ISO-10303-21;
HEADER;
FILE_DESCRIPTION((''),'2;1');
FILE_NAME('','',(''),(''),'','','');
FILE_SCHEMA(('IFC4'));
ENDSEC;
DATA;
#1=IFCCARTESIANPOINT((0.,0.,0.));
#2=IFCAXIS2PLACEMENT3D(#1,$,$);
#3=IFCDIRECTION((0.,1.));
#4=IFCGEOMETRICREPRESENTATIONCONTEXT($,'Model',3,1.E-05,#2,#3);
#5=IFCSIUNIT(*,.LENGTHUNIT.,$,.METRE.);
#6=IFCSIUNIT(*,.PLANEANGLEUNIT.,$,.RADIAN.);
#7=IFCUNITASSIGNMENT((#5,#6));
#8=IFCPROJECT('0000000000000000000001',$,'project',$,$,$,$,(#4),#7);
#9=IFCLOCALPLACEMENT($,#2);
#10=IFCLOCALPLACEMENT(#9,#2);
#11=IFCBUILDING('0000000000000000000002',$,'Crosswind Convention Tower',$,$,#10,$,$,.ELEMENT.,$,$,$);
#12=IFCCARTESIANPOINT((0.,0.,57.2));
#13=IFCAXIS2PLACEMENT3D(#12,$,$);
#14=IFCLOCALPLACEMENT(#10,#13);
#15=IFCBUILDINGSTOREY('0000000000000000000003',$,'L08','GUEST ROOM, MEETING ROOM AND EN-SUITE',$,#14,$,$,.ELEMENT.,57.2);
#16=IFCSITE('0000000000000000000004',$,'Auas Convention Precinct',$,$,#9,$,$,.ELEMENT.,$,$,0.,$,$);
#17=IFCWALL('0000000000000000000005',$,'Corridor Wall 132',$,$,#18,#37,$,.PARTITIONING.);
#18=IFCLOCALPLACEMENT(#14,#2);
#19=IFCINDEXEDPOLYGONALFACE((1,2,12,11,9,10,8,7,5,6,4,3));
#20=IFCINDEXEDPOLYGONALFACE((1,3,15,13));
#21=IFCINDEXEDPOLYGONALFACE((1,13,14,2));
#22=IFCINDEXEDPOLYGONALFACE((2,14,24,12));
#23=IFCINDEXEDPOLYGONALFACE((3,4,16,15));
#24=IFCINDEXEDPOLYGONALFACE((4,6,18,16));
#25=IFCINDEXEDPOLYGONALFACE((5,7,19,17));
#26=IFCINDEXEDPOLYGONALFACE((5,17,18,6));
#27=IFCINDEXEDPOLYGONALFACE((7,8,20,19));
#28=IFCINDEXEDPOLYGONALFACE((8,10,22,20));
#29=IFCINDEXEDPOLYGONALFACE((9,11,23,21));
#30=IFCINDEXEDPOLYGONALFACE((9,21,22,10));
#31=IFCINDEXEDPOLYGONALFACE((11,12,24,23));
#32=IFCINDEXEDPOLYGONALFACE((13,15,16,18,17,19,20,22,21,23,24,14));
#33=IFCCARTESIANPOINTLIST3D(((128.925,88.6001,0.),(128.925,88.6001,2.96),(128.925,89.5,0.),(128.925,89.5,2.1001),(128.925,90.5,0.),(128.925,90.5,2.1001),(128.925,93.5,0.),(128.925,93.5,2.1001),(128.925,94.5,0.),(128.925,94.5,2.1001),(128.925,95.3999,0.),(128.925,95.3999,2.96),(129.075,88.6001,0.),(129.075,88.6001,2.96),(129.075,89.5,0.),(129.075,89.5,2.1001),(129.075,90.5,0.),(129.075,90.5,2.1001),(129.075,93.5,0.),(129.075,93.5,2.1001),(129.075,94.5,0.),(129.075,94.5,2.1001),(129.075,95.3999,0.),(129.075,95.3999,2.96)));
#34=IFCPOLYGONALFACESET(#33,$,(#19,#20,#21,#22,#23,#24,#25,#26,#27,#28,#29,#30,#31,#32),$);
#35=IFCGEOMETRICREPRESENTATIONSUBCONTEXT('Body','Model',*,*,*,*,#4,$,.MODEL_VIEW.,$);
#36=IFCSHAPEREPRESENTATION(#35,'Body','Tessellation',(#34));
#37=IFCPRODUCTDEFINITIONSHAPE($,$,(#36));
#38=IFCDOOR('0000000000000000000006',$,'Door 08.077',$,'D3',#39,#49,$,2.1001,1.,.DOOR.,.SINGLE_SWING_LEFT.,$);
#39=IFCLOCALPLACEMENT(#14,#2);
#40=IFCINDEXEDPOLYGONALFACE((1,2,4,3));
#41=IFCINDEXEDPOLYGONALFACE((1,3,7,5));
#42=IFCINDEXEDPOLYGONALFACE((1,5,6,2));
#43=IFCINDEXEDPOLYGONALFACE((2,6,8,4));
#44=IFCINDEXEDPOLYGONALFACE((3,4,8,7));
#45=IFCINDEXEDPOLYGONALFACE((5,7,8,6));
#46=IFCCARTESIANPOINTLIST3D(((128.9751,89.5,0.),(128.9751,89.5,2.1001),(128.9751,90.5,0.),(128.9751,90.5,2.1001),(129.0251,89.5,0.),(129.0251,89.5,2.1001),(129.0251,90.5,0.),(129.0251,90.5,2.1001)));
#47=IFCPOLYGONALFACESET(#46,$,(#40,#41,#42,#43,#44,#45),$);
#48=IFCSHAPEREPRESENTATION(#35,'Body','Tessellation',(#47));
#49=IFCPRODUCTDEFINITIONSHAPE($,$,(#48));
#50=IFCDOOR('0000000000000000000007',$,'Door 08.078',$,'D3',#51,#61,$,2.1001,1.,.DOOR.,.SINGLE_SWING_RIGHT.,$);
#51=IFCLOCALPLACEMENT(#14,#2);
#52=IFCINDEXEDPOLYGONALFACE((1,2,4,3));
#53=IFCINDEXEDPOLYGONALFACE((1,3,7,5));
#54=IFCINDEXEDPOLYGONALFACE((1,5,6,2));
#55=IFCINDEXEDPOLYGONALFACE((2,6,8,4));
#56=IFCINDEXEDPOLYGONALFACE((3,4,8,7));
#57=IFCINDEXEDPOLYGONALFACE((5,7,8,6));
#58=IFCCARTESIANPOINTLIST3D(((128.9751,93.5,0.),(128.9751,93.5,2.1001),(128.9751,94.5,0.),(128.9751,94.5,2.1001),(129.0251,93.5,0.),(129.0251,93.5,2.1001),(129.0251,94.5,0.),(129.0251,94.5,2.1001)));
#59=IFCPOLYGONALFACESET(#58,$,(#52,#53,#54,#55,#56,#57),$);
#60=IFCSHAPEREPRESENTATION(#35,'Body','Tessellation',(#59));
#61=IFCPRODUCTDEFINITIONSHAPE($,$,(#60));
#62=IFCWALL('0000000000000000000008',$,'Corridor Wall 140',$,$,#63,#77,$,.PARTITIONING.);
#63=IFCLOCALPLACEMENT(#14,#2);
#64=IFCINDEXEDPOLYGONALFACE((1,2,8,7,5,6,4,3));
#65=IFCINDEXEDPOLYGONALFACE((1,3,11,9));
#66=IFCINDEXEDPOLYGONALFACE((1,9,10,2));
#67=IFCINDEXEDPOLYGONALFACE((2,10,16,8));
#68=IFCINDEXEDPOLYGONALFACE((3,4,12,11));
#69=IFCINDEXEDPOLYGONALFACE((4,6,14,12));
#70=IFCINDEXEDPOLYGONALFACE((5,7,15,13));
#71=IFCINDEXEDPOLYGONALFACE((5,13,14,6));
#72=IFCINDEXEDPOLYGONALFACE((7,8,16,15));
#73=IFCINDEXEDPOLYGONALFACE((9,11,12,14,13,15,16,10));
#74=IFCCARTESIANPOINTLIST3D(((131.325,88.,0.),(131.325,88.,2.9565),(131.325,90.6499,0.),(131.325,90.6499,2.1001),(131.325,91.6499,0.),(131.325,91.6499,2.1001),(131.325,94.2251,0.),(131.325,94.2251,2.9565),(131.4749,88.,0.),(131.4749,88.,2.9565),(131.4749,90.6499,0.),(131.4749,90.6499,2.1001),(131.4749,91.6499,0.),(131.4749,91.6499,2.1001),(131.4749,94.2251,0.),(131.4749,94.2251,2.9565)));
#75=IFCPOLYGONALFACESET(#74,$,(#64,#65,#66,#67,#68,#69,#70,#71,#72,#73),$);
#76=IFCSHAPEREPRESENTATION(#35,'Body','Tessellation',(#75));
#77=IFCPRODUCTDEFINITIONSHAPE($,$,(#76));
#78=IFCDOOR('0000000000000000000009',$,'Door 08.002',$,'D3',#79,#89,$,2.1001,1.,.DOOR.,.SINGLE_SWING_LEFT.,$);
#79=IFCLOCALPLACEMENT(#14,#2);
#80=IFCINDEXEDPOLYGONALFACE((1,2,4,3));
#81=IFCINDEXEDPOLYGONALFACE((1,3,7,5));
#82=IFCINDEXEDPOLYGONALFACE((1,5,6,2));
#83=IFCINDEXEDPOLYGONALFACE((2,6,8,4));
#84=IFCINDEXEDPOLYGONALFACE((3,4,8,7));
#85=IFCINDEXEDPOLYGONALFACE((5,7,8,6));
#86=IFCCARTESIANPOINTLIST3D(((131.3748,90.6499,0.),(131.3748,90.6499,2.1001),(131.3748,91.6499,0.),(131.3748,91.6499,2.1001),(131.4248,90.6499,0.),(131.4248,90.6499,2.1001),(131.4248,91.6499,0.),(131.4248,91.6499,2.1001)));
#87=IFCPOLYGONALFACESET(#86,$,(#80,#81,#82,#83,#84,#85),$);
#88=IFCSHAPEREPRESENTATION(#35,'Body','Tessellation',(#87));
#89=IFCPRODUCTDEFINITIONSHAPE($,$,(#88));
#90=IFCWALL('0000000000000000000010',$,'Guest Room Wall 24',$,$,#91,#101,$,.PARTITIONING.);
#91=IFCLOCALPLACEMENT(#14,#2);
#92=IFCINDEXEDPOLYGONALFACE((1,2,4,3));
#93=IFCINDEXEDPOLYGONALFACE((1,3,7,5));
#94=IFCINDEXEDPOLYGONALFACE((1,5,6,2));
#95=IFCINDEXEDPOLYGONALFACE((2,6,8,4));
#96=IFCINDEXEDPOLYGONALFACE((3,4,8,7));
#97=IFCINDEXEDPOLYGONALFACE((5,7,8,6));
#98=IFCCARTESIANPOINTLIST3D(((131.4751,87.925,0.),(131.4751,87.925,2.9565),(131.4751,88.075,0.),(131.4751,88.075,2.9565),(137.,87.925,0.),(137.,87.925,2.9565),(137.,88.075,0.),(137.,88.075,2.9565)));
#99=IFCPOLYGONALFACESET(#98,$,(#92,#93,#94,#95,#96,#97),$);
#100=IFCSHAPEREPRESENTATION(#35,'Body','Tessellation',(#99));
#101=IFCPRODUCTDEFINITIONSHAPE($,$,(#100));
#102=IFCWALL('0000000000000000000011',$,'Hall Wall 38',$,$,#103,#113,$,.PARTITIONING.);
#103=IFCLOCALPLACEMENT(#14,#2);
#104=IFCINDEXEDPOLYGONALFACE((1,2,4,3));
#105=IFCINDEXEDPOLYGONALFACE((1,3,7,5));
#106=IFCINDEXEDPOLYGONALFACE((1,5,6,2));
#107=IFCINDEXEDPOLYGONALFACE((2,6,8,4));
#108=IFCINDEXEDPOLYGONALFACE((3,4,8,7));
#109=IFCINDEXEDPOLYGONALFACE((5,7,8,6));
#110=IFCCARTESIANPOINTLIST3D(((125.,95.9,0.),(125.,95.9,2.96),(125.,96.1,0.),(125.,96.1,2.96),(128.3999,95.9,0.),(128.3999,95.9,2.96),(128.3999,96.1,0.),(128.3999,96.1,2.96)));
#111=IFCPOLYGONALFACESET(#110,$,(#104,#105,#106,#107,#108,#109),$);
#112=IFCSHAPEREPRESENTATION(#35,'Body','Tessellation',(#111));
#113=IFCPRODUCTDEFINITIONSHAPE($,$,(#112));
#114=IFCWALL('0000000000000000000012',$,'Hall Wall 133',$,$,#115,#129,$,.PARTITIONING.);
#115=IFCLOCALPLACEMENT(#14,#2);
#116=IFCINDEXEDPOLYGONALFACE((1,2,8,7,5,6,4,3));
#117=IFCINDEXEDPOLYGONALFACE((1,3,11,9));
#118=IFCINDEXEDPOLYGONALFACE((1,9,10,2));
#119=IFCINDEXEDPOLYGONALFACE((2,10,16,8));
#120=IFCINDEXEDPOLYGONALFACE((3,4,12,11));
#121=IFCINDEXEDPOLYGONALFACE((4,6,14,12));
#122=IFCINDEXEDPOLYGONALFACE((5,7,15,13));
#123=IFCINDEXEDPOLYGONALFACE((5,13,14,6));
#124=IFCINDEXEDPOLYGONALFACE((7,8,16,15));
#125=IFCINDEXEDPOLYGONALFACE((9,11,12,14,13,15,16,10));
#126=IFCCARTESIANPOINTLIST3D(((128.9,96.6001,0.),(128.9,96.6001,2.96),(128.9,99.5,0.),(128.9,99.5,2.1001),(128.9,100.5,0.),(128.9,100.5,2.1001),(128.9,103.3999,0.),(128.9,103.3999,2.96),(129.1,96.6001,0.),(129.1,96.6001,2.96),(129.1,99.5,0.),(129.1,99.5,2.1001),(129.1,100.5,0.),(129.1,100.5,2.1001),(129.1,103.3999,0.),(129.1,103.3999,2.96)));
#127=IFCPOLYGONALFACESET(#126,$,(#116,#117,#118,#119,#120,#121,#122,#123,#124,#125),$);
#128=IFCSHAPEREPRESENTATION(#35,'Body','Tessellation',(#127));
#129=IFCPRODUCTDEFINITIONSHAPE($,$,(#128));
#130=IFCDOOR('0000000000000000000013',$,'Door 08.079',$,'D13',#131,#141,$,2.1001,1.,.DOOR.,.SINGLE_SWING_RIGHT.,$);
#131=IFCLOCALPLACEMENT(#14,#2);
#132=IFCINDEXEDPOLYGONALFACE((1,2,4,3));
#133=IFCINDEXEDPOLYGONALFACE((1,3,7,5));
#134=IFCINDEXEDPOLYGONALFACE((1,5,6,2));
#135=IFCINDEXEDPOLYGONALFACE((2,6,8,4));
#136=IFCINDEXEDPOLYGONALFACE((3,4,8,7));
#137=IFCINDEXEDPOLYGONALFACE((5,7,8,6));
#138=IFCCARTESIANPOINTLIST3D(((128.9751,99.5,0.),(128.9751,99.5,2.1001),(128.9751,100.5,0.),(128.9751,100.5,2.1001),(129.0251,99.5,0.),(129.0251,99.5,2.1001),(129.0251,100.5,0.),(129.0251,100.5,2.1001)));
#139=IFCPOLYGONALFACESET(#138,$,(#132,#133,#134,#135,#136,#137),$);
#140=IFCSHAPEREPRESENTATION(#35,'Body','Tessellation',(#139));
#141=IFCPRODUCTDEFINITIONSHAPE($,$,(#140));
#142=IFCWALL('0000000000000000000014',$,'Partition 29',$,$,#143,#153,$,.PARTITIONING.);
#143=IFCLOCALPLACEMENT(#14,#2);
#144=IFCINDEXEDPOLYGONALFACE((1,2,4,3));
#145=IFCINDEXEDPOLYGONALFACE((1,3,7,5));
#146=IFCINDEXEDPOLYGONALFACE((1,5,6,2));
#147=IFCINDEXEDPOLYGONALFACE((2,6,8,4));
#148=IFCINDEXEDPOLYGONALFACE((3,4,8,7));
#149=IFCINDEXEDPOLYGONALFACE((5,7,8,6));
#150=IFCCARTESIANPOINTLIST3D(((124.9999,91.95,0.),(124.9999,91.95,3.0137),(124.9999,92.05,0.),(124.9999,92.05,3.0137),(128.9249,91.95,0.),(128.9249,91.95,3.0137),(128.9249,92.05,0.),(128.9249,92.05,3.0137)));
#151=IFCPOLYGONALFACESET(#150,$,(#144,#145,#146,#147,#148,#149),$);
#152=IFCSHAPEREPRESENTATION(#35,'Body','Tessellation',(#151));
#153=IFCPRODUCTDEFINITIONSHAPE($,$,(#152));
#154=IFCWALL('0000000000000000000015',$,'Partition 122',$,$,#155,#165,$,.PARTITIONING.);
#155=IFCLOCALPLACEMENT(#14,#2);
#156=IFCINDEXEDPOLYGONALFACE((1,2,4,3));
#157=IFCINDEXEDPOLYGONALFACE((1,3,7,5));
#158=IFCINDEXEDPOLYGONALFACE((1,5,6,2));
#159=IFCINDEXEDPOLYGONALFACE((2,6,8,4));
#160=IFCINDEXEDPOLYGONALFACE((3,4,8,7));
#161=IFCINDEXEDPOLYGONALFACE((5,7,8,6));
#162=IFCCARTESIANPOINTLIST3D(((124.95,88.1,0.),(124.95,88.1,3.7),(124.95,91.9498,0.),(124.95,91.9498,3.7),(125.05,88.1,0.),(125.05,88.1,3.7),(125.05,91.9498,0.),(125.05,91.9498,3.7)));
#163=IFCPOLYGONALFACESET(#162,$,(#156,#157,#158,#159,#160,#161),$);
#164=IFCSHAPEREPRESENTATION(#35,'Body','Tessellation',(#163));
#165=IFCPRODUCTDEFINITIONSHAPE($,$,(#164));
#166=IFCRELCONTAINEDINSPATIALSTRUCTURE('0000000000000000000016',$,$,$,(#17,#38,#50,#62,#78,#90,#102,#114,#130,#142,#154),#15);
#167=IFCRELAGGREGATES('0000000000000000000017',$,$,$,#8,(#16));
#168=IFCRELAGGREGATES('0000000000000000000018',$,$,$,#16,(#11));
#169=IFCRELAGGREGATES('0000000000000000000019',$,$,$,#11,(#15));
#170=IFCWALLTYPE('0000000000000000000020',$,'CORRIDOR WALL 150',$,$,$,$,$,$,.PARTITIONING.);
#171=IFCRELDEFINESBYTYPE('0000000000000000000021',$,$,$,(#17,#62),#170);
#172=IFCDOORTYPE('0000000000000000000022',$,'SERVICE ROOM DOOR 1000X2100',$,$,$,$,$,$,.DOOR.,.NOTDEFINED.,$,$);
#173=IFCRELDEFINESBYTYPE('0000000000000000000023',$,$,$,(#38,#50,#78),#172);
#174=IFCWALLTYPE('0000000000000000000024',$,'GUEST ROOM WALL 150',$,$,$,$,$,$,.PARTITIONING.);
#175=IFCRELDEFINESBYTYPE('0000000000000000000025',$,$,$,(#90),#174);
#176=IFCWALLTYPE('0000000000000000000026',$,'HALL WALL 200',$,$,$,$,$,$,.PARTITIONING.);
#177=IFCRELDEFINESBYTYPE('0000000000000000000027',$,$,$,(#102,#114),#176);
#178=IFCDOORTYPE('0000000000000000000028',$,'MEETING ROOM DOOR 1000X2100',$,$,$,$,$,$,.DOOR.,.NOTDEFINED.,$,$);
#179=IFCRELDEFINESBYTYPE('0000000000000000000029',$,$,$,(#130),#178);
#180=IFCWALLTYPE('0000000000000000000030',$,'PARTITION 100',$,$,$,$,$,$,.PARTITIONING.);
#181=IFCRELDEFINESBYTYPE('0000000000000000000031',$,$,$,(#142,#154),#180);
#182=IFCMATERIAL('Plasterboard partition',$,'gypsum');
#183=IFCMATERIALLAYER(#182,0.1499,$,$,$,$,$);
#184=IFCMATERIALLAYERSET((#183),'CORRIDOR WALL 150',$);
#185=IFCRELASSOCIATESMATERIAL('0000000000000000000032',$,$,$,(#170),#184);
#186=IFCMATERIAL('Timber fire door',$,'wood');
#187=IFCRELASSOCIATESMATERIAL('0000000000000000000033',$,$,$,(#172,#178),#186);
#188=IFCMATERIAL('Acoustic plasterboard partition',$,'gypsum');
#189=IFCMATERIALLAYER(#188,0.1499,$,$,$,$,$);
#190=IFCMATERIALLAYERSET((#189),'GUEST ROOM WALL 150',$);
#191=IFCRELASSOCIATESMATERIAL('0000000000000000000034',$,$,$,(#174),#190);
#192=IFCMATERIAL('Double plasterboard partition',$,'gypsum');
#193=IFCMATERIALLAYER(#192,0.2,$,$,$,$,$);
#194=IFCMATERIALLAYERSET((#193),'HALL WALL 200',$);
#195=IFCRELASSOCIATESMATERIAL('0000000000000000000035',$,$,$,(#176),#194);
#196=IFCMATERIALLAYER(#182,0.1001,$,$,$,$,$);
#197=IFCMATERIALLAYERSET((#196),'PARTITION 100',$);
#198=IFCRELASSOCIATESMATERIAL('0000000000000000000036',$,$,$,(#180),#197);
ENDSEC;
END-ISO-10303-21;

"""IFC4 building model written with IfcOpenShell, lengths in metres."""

from ifc_helpers import new_model, si_unit, direction, frame, frame_2d, origin, place, context, subcontext, project, spatial, rectangle, extrude, material, layer, layer_set, type_object, element, fill, save


model = new_model("IFC4")

# Units and contexts
model_context = context("Model", 3, precision=1e-05, world=origin(), true_north=direction((0.0, 1.0)))
body_context = subcontext(model_context, "Body", "Model", "MODEL_VIEW")
ifc_project = project(units=[si_unit("LENGTHUNIT", "METRE"), si_unit("PLANEANGLEUNIT", "RADIAN")], contexts=[model_context])

# Site, building, storey
site_placement = place(None, origin())
site = spatial("IfcSite", under=ifc_project, at=site_placement, Name="Auas Convention Precinct", CompositionType="ELEMENT", RefElevation=0.0)
building_placement = place(site_placement, origin())
building = spatial("IfcBuilding", under=site, at=building_placement, Name="Crosswind Convention Tower", CompositionType="ELEMENT")
storey_placement = place(building_placement, frame((0.0, 0.0, 57.2)))
storey = spatial("IfcBuildingStorey", under=building, at=storey_placement, Name="L08", Description="GUEST ROOM, MEETING ROOM AND EN-SUITE", CompositionType="ELEMENT", Elevation=57.2)

# Shared definitions
ifc_material_1 = material(Name="Plasterboard partition", Category="gypsum")
ifc_layer_1 = layer(ifc_material_1, 0.1499)
ifc_layer_set_1 = layer_set([ifc_layer_1], Name="CORRIDOR WALL 150")
wall_type_1 = type_object("IfcWallType", Name="CORRIDOR WALL 150", PredefinedType="PARTITIONING", material=ifc_layer_set_1)

# Wall, openings, doors
wall_1_placement = place(storey_placement, frame((129.0, 88.6001, 0.0), z_axis=(0.0, 0.0, 1.0), x_axis=(0.0, 1.0, 0.0)))
wall_1 = element("IfcWall", 1, at=wall_1_placement, inside=storey, type_object=wall_type_1, Name="Corridor Wall 132", PredefinedType="PARTITIONING", context=body_context, shape_type="SweptSolid", body=[
    extrude(rectangle(XDim=6.7998, YDim=0.1499, at=frame_2d((3.3999, 0.0))), origin(), (0.0, 0.0, 1.0), 2.96),
])
opening_1_placement = place(wall_1_placement, frame((0.8999, 0.0, 0.0)))
opening_1 = element("IfcOpeningElement", 2, at=opening_1_placement, cuts=wall_1, PredefinedType="OPENING", context=body_context, shape_type="SweptSolid", body=[
    extrude(rectangle(XDim=1.0, YDim=2.1001, at=frame_2d((0.5, 1.05))), frame((0.0, 0.085, 0.0), z_axis=(0.0, -1.0, 0.0), x_axis=(1.0, 0.0, 0.0)), (0.0, 0.0, 1.0), 0.1699),
])
opening_2_placement = place(wall_1_placement, frame((4.8999, 0.0, 0.0)))
opening_2 = element("IfcOpeningElement", 3, at=opening_2_placement, cuts=wall_1, PredefinedType="OPENING", context=body_context, shape_type="SweptSolid", body=[
    extrude(rectangle(XDim=1.0, YDim=2.1001, at=frame_2d((0.5, 1.05))), frame((0.0, 0.085, 0.0), z_axis=(0.0, -1.0, 0.0), x_axis=(1.0, 0.0, 0.0)), (0.0, 0.0, 1.0), 0.1699),
])
ifc_material_2 = material(Name="Timber fire door", Category="wood")
door_type_1 = type_object("IfcDoorType", Name="SERVICE ROOM DOOR 1000X2100", OperationType="NOTDEFINED", PredefinedType="DOOR", material=ifc_material_2)
door_1_placement = place(opening_1_placement, origin())
door_1 = element("IfcDoor", 4, at=door_1_placement, inside=storey, type_object=door_type_1, Name="Door 08.077", ObjectType="D3", OperationType="SINGLE_SWING_LEFT", OverallHeight=2.1001, OverallWidth=1.0, PredefinedType="DOOR", context=body_context, shape_type="SweptSolid", body=[
    extrude(rectangle(XDim=1.0, YDim=2.1001, at=frame_2d((0.5, 1.05))), frame((0.0, 0.0249, 0.0), z_axis=(0.0, -1.0, 0.0), x_axis=(1.0, 0.0, 0.0)), (0.0, 0.0, 1.0), 0.05),
])
fill(opening_1, door_1)
door_2_placement = place(opening_2_placement, origin())
door_2 = element("IfcDoor", 5, at=door_2_placement, inside=storey, type_object=door_type_1, Name="Door 08.078", ObjectType="D3", OperationType="SINGLE_SWING_RIGHT", OverallHeight=2.1001, OverallWidth=1.0, PredefinedType="DOOR", context=body_context, shape_type="SweptSolid", body=[
    extrude(rectangle(XDim=1.0, YDim=2.1001, at=frame_2d((0.5, 1.05))), frame((0.0, 0.0249, 0.0), z_axis=(0.0, -1.0, 0.0), x_axis=(1.0, 0.0, 0.0)), (0.0, 0.0, 1.0), 0.05),
])
fill(opening_2, door_2)

# Wall, opening, door
wall_2_placement = place(storey_placement, frame((131.3999, 88.0, 0.0), z_axis=(0.0, 0.0, 1.0), x_axis=(0.0, 1.0, 0.0)))
wall_2 = element("IfcWall", 6, at=wall_2_placement, inside=storey, type_object=wall_type_1, Name="Corridor Wall 140", PredefinedType="PARTITIONING", context=body_context, shape_type="SweptSolid", body=[
    extrude(rectangle(XDim=6.2251, YDim=0.1499, at=frame_2d((3.1125, 0.0))), origin(), (0.0, 0.0, 1.0), 2.9565),
])
opening_3_placement = place(wall_2_placement, frame((2.6499, 0.0, 0.0)))
opening_3 = element("IfcOpeningElement", 7, at=opening_3_placement, cuts=wall_2, PredefinedType="OPENING", context=body_context, shape_type="SweptSolid", body=[
    extrude(rectangle(XDim=1.0, YDim=2.1001, at=frame_2d((0.5, 1.05))), frame((0.0, 0.085, 0.0), z_axis=(0.0, -1.0, 0.0), x_axis=(1.0, 0.0, 0.0)), (0.0, 0.0, 1.0), 0.1699),
])
door_3_placement = place(opening_3_placement, frame((1.0, 0.0, 0.0), z_axis=(0.0, 0.0, 1.0), x_axis=(-1.0, 0.0, 0.0)))
door_3 = element("IfcDoor", 8, at=door_3_placement, inside=storey, type_object=door_type_1, Name="Door 08.002", ObjectType="D3", OperationType="SINGLE_SWING_LEFT", OverallHeight=2.1001, OverallWidth=1.0, PredefinedType="DOOR", context=body_context, shape_type="SweptSolid", body=[
    extrude(rectangle(XDim=1.0, YDim=2.1001, at=frame_2d((0.5, 1.05))), frame((0.0, 0.0249, 0.0), z_axis=(0.0, -1.0, 0.0), x_axis=(1.0, 0.0, 0.0)), (0.0, 0.0, 1.0), 0.05),
])
fill(opening_3, door_3)

# Walls
ifc_material_3 = material(Name="Acoustic plasterboard partition", Category="gypsum")
ifc_layer_2 = layer(ifc_material_3, 0.1499)
ifc_layer_set_2 = layer_set([ifc_layer_2], Name="GUEST ROOM WALL 150")
wall_type_2 = type_object("IfcWallType", Name="GUEST ROOM WALL 150", PredefinedType="PARTITIONING", material=ifc_layer_set_2)
wall_3_placement = place(storey_placement, frame((131.4751, 88.0, 0.0), z_axis=(0.0, 0.0, 1.0), x_axis=(1.0, 0.0, 0.0)))
element("IfcWall", 9, at=wall_3_placement, inside=storey, type_object=wall_type_2, Name="Guest Room Wall 24", PredefinedType="PARTITIONING", context=body_context, shape_type="SweptSolid", body=[
    extrude(rectangle(XDim=5.5249, YDim=0.1499, at=frame_2d((2.7625, 0.0))), origin(), (0.0, 0.0, 1.0), 2.9565),
])
ifc_material_4 = material(Name="Double plasterboard partition", Category="gypsum")
ifc_layer_3 = layer(ifc_material_4, 0.2)
ifc_layer_set_3 = layer_set([ifc_layer_3], Name="HALL WALL 200")
wall_type_3 = type_object("IfcWallType", Name="HALL WALL 200", PredefinedType="PARTITIONING", material=ifc_layer_set_3)
wall_4_placement = place(storey_placement, frame((125.0, 96.0, 0.0), z_axis=(0.0, 0.0, 1.0), x_axis=(1.0, 0.0, 0.0)))
element("IfcWall", 10, at=wall_4_placement, inside=storey, type_object=wall_type_3, Name="Hall Wall 38", PredefinedType="PARTITIONING", context=body_context, shape_type="SweptSolid", body=[
    extrude(rectangle(XDim=3.3999, YDim=0.2, at=frame_2d((1.7, 0.0))), origin(), (0.0, 0.0, 1.0), 2.96),
])

# Wall, opening, door
wall_5_placement = place(storey_placement, frame((129.0, 96.6001, 0.0), z_axis=(0.0, 0.0, 1.0), x_axis=(0.0, 1.0, 0.0)))
wall_5 = element("IfcWall", 11, at=wall_5_placement, inside=storey, type_object=wall_type_3, Name="Hall Wall 133", PredefinedType="PARTITIONING", context=body_context, shape_type="SweptSolid", body=[
    extrude(rectangle(XDim=6.7998, YDim=0.2, at=frame_2d((3.3999, 0.0))), origin(), (0.0, 0.0, 1.0), 2.96),
])
opening_4_placement = place(wall_5_placement, frame((2.8999, 0.0, 0.0)))
opening_4 = element("IfcOpeningElement", 12, at=opening_4_placement, cuts=wall_5, PredefinedType="OPENING", context=body_context, shape_type="SweptSolid", body=[
    extrude(rectangle(XDim=1.0, YDim=2.1001, at=frame_2d((0.5, 1.05))), frame((0.0, 0.1099, 0.0), z_axis=(0.0, -1.0, 0.0), x_axis=(1.0, 0.0, 0.0)), (0.0, 0.0, 1.0), 0.22),
])
door_type_2 = type_object("IfcDoorType", Name="MEETING ROOM DOOR 1000X2100", OperationType="NOTDEFINED", PredefinedType="DOOR", material=ifc_material_2)
door_4_placement = place(opening_4_placement, origin())
door_4 = element("IfcDoor", 13, at=door_4_placement, inside=storey, type_object=door_type_2, Name="Door 08.079", ObjectType="D13", OperationType="SINGLE_SWING_RIGHT", OverallHeight=2.1001, OverallWidth=1.0, PredefinedType="DOOR", context=body_context, shape_type="SweptSolid", body=[
    extrude(rectangle(XDim=1.0, YDim=2.1001, at=frame_2d((0.5, 1.05))), frame((0.0, 0.0249, 0.0), z_axis=(0.0, -1.0, 0.0), x_axis=(1.0, 0.0, 0.0)), (0.0, 0.0, 1.0), 0.05),
])
fill(opening_4, door_4)

# Walls
ifc_layer_4 = layer(ifc_material_1, 0.1001)
ifc_layer_set_4 = layer_set([ifc_layer_4], Name="PARTITION 100")
wall_type_4 = type_object("IfcWallType", Name="PARTITION 100", PredefinedType="PARTITIONING", material=ifc_layer_set_4)
wall_6_placement = place(storey_placement, frame((125.0, 92.0, 0.0), z_axis=(0.0, 0.0, 1.0), x_axis=(1.0, 0.0, 0.0)))
element("IfcWall", 14, at=wall_6_placement, inside=storey, type_object=wall_type_4, Name="Partition 29", PredefinedType="PARTITIONING", context=body_context, shape_type="SweptSolid", body=[
    extrude(rectangle(XDim=3.925, YDim=0.1001, at=frame_2d((1.9624, 0.0))), origin(), (0.0, 0.0, 1.0), 3.0137),
])
wall_7_placement = place(storey_placement, frame((125.0, 88.1001, 0.0), z_axis=(0.0, 0.0, 1.0), x_axis=(0.0, 1.0, 0.0)))
element("IfcWall", 15, at=wall_7_placement, inside=storey, type_object=wall_type_4, Name="Partition 122", PredefinedType="PARTITIONING", context=body_context, shape_type="SweptSolid", body=[
    extrude(rectangle(XDim=3.8499, YDim=0.1001, at=frame_2d((1.9248, 0.0))), origin(), (0.0, 0.0, 1.0), 3.7),
])

save(model, "model.ifc")
